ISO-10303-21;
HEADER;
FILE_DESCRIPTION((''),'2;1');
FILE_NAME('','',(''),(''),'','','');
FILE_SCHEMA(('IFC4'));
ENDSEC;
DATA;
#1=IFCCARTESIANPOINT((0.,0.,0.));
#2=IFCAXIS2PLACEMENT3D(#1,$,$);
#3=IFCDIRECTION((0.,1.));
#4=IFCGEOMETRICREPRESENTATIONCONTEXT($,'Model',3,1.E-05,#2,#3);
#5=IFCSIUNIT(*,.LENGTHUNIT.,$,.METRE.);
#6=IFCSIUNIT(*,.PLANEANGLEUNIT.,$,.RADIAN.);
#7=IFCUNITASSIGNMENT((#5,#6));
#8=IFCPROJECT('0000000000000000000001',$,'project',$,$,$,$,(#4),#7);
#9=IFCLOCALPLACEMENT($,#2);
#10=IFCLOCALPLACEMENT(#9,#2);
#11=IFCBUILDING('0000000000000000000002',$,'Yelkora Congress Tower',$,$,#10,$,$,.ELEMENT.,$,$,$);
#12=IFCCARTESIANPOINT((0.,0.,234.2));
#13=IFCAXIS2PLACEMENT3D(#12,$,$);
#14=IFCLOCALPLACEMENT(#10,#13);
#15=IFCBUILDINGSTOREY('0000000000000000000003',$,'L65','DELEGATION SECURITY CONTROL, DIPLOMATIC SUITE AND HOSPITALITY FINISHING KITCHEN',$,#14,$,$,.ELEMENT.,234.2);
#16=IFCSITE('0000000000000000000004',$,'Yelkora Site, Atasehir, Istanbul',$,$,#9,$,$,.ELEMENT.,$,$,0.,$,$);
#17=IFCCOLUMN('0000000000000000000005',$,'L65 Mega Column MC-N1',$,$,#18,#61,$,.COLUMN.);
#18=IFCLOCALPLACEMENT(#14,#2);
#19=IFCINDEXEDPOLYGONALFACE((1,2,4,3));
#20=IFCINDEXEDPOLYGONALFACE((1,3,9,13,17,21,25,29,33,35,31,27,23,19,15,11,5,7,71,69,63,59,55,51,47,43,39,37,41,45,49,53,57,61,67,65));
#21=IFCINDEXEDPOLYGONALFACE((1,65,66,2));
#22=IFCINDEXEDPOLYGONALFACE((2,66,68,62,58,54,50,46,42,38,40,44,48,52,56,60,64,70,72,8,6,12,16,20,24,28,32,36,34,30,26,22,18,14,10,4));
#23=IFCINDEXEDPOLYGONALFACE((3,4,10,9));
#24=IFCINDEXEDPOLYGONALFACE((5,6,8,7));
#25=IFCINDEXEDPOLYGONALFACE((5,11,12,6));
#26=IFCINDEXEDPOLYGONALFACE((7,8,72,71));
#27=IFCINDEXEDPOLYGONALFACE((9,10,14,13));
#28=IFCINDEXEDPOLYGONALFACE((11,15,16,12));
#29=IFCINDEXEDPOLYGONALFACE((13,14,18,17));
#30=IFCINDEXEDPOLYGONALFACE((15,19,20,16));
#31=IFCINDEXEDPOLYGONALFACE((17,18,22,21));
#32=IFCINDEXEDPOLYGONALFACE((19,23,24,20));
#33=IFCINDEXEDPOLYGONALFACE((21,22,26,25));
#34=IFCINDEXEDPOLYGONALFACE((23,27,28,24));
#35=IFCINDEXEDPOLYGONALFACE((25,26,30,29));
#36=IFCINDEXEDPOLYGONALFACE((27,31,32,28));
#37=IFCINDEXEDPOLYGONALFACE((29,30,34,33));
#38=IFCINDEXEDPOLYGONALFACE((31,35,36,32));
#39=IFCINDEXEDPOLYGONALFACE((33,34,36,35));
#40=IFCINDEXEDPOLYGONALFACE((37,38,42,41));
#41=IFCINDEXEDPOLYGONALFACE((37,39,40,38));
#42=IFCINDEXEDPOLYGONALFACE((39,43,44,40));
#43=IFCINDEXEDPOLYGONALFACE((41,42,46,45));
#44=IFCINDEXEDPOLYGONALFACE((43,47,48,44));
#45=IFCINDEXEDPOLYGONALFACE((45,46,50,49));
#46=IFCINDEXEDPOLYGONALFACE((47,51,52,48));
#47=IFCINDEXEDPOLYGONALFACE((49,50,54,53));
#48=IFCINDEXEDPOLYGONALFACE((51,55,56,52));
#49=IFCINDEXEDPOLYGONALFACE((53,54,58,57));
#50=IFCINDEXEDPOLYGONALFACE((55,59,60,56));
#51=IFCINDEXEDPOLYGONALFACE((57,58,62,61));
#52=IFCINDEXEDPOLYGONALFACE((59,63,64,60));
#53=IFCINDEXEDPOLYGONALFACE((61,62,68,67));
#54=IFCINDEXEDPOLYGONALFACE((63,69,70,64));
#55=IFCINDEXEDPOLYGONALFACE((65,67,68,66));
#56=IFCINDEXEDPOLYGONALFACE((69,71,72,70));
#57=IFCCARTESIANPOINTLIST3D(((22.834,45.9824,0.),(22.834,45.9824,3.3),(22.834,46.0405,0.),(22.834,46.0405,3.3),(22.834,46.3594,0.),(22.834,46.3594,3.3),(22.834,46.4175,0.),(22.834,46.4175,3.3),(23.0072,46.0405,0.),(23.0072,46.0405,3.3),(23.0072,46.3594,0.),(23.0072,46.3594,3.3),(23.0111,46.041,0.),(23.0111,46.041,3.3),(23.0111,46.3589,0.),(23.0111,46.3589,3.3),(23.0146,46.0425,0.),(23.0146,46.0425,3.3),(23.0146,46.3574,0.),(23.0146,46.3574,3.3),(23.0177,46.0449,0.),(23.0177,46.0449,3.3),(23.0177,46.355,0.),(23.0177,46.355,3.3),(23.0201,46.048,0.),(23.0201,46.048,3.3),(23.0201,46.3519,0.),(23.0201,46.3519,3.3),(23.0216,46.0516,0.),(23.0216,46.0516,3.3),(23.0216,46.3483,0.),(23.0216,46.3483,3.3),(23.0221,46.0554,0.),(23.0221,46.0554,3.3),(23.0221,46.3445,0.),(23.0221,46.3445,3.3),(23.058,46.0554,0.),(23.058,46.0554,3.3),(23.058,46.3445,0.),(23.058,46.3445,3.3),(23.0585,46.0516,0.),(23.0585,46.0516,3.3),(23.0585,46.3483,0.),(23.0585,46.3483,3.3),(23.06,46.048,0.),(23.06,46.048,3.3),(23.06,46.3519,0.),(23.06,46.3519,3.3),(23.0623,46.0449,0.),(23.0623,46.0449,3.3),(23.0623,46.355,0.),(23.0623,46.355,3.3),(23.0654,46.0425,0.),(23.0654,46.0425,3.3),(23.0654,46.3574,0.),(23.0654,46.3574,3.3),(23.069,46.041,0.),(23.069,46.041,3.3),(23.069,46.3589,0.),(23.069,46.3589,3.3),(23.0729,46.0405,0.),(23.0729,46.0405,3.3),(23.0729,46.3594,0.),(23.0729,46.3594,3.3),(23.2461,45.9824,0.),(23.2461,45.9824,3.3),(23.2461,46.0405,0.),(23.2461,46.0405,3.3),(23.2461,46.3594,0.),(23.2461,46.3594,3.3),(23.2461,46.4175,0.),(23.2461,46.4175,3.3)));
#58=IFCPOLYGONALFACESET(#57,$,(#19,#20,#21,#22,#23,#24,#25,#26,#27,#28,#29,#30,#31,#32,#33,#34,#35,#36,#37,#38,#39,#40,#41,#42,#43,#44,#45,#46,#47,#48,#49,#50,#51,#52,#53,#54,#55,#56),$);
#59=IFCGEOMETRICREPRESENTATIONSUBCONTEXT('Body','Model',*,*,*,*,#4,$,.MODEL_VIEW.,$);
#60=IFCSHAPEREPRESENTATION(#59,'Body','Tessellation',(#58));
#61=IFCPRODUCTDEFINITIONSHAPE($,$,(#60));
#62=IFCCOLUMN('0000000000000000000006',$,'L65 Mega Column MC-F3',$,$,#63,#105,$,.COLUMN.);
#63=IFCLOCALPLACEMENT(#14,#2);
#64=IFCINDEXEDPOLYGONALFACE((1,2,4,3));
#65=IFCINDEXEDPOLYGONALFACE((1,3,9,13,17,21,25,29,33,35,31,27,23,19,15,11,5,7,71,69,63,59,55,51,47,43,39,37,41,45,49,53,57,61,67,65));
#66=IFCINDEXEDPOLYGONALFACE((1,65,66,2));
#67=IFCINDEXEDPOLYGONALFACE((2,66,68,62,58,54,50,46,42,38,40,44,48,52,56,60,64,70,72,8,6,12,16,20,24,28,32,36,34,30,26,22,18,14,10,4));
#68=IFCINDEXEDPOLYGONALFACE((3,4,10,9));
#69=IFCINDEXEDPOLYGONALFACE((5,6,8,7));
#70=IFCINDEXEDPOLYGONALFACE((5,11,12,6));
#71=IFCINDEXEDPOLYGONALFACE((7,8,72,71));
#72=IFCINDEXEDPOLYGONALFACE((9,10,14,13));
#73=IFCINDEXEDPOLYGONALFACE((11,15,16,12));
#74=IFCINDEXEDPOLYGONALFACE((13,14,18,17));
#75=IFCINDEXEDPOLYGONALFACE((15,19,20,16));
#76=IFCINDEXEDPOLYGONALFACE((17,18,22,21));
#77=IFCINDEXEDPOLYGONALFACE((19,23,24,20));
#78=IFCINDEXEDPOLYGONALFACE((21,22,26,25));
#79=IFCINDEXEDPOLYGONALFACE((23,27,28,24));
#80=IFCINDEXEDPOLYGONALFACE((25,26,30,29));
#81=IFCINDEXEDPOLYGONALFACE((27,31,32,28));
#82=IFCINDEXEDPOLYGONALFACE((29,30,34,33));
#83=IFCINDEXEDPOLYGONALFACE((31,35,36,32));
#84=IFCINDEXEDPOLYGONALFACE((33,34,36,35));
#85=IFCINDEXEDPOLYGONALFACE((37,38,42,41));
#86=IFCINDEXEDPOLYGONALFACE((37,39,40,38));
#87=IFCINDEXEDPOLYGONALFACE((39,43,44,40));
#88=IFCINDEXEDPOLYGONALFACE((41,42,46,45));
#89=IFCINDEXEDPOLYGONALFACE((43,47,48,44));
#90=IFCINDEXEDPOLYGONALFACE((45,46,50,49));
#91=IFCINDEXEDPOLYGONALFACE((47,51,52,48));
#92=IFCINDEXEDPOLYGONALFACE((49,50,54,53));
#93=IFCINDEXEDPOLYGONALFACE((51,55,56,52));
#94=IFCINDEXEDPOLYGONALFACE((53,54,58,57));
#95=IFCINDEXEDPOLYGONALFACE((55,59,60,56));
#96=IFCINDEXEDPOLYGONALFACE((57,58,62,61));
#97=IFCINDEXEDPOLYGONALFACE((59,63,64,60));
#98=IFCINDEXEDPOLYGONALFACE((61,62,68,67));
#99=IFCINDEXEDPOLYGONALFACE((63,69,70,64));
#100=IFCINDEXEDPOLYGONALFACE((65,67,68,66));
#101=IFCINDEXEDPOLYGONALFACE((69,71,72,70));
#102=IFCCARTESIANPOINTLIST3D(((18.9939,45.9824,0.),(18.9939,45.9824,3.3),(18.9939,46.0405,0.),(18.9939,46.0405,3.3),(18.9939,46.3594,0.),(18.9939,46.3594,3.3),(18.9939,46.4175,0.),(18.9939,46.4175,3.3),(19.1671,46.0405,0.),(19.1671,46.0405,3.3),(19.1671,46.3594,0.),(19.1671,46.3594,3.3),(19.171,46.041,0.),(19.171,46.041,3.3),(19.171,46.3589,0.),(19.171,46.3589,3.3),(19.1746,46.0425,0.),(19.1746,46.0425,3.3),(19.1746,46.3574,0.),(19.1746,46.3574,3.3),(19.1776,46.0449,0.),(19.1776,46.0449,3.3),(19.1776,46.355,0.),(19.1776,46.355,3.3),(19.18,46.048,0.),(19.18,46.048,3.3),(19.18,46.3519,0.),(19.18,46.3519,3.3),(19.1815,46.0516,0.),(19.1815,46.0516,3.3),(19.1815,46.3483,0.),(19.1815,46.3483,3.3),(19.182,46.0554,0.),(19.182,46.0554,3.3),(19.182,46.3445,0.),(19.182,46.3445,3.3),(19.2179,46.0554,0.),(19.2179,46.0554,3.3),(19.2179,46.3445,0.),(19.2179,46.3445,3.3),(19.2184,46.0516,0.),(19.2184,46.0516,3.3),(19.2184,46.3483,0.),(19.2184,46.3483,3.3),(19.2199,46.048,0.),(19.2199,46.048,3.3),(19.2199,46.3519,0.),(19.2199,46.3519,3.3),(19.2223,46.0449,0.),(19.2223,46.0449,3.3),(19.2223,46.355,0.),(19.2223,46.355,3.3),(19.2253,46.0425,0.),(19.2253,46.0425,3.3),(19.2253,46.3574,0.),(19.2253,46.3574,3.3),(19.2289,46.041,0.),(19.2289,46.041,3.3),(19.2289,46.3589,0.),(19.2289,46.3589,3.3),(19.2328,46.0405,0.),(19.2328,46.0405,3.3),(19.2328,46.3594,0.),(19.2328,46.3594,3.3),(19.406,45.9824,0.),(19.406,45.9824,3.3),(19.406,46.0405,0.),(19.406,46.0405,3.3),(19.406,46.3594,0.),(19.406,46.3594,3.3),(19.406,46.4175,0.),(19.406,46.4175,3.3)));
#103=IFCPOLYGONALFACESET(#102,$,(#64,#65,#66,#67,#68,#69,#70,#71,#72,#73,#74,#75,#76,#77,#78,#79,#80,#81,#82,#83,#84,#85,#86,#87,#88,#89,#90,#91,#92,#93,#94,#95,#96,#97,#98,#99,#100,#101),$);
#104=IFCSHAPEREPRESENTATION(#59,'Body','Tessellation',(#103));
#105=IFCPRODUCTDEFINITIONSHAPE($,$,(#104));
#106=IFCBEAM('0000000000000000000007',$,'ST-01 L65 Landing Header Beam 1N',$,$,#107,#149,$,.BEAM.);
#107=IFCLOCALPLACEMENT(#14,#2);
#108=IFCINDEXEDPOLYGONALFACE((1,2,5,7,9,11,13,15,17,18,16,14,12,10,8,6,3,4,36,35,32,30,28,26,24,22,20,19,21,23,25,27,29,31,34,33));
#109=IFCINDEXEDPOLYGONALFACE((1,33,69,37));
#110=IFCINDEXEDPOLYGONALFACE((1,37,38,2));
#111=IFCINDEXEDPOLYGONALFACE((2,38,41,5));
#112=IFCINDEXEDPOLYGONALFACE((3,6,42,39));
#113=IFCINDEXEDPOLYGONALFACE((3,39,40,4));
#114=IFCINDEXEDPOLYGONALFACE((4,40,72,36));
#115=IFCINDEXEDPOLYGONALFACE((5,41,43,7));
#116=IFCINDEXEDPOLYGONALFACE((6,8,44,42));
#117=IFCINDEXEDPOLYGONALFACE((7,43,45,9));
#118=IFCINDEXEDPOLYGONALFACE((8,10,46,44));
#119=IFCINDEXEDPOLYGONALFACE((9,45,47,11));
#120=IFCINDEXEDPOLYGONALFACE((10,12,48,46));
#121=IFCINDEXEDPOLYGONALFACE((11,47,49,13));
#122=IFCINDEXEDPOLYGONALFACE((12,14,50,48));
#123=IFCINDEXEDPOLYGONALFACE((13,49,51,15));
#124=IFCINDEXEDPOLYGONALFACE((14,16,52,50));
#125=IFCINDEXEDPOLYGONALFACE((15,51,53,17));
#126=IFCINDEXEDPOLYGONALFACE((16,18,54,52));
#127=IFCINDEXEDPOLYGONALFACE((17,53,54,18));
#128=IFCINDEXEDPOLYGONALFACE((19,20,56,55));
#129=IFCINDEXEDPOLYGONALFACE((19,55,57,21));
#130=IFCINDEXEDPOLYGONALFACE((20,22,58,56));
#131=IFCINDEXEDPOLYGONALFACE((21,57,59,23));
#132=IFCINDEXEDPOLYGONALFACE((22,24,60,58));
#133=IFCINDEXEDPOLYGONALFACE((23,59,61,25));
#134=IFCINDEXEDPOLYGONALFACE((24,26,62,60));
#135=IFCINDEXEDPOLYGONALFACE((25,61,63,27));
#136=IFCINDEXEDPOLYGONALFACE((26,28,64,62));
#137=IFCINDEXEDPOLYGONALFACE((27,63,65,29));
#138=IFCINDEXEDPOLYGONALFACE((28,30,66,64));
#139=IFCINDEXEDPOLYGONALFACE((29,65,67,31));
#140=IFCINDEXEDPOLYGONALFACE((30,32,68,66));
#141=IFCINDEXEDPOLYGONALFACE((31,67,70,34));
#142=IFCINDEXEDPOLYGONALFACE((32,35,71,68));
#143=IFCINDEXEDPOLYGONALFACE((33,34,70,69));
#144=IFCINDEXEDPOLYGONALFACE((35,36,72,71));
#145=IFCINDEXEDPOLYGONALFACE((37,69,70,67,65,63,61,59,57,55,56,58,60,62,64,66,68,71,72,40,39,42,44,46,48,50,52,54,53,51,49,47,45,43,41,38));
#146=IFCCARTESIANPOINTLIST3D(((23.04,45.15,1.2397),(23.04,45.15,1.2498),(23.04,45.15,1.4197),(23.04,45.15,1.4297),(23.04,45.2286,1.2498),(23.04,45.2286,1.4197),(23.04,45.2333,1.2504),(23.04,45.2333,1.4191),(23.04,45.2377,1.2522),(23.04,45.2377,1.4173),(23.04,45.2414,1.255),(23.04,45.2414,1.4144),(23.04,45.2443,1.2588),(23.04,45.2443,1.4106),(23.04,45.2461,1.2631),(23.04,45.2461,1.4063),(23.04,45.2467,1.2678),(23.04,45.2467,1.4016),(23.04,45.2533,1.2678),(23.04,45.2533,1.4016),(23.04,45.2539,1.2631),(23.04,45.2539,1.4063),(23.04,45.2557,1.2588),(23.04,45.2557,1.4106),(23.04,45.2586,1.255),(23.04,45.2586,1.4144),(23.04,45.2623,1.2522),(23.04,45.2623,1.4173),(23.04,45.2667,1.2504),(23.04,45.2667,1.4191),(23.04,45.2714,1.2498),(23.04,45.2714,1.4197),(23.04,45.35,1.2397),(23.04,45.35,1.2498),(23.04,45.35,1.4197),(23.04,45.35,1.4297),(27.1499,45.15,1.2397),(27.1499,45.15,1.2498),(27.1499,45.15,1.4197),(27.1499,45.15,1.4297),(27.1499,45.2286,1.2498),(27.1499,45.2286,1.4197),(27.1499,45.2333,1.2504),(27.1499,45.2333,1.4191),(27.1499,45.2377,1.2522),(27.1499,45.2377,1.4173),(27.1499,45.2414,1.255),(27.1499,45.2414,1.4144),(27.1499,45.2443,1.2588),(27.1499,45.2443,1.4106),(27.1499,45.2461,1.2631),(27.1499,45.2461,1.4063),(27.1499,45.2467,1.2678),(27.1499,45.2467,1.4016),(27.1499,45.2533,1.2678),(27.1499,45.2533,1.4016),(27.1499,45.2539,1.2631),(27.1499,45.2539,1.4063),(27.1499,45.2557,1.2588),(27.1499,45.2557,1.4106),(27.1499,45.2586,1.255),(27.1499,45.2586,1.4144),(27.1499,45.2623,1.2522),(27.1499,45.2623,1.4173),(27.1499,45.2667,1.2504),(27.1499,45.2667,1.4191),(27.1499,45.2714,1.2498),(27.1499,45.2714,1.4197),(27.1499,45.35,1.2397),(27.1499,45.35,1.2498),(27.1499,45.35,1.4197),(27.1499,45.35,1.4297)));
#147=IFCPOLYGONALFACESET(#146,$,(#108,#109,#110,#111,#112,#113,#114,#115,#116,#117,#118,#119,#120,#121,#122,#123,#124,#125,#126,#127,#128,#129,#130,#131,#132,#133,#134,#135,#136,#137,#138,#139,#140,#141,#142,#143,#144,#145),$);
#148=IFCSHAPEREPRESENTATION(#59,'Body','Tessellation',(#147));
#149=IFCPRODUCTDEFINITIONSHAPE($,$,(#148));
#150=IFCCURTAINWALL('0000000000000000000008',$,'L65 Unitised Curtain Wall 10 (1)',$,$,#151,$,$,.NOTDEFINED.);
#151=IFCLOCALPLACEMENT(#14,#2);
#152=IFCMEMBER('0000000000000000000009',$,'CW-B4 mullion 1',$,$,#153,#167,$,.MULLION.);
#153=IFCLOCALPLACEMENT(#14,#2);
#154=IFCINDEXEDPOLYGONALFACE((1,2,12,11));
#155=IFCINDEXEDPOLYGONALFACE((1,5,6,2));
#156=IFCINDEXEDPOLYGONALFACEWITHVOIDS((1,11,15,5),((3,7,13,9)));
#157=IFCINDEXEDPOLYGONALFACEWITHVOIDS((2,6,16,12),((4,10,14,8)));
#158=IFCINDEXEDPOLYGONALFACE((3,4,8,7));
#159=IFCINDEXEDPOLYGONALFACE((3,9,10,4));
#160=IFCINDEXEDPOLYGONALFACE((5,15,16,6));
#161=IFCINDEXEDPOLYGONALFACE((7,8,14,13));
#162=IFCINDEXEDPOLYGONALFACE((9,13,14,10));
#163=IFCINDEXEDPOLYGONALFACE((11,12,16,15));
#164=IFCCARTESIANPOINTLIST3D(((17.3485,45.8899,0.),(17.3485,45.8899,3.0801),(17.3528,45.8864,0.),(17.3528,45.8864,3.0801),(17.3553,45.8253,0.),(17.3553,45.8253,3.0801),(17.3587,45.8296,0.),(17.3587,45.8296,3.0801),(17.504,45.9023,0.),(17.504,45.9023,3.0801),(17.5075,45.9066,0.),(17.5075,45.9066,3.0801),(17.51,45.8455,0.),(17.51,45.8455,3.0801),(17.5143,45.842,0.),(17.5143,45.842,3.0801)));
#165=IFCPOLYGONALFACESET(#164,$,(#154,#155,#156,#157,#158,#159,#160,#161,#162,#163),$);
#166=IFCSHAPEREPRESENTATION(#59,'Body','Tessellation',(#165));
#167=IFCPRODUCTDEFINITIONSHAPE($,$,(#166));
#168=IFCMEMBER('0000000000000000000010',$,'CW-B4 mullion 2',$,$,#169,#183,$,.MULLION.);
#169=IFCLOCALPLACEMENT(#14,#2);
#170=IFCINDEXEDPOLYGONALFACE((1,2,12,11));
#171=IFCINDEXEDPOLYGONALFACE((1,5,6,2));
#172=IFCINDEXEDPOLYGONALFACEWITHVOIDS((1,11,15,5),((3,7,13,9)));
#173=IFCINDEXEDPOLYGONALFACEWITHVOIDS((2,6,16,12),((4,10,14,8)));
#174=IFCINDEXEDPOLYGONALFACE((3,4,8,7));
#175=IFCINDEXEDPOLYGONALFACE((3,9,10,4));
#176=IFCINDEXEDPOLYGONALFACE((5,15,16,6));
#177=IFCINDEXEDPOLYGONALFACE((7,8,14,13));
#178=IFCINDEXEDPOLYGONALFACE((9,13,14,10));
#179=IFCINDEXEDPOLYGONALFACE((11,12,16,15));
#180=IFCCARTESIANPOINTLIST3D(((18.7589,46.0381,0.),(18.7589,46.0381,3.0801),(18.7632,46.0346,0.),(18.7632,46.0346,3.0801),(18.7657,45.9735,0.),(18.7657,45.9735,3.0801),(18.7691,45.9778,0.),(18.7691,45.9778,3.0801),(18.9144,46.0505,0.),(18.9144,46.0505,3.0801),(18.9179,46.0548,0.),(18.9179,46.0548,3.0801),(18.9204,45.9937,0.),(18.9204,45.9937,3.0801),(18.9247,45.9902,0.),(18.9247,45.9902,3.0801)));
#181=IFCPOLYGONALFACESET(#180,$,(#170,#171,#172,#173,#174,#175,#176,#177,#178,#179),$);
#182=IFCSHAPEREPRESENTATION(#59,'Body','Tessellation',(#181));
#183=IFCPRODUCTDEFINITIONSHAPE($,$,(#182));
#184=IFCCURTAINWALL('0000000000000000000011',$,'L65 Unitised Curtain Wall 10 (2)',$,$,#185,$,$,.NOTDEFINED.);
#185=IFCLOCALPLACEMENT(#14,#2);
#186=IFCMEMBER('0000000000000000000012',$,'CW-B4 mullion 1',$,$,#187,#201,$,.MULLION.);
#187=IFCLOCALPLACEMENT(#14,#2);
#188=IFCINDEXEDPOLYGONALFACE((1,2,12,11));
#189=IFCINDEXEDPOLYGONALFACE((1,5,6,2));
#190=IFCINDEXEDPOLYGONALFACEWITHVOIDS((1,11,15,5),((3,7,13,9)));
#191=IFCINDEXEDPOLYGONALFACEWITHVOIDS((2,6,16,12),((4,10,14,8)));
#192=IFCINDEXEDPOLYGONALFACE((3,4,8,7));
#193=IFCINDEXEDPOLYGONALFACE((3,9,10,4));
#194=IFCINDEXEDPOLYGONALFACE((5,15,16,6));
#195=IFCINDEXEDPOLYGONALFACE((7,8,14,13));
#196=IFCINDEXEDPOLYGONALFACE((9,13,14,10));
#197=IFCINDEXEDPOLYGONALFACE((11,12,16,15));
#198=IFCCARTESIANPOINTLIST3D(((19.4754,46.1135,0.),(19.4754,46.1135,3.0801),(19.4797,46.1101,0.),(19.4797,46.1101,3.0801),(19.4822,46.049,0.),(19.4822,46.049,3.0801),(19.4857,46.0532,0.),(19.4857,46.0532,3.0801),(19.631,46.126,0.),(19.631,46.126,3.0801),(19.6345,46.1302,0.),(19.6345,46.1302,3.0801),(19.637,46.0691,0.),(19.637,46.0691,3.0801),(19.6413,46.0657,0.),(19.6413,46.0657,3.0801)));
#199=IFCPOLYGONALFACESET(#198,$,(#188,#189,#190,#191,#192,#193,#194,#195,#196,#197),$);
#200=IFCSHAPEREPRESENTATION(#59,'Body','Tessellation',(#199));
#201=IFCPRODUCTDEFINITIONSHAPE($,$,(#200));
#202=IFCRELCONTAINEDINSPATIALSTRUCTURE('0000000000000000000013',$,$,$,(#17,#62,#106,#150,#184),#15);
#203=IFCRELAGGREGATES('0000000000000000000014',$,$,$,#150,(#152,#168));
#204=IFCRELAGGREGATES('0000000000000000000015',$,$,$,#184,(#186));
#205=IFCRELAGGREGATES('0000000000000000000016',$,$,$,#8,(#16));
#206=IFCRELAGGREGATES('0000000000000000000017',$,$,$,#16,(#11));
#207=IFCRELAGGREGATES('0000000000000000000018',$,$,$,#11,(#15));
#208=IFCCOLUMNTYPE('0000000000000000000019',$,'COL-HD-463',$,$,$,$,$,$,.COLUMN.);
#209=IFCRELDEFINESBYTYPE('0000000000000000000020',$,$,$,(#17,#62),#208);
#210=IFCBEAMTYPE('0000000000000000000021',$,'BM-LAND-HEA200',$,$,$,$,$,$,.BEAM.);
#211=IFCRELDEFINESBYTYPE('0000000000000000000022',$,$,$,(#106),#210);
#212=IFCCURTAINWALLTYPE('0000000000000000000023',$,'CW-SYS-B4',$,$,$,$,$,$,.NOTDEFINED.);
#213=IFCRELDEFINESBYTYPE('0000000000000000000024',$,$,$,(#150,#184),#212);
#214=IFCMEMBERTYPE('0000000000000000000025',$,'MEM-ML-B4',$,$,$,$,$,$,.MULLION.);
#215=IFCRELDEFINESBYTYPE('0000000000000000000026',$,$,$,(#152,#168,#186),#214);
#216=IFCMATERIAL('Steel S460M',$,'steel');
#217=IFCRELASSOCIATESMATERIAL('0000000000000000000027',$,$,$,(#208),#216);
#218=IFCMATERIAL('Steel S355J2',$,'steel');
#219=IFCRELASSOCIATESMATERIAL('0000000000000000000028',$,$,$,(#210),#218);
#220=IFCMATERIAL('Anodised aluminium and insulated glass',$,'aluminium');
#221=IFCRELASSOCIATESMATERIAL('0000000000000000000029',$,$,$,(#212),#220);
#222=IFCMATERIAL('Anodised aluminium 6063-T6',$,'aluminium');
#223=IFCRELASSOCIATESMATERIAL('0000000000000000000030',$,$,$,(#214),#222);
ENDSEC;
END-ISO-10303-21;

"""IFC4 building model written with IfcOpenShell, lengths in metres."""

from ifc_helpers import new_model, si_unit, direction, frame, origin, origin_2d, place, context, subcontext, project, spatial, hollow_rectangle, i_section, extrude, material, material_profile, profile_set, type_object, element, aggregate, save


model = new_model("IFC4")

# Units and contexts
model_context = context("Model", 3, precision=1e-05, world=origin(), true_north=direction((0.0, 1.0)))
body_context = subcontext(model_context, "Body", "Model", "MODEL_VIEW")
ifc_project = project(units=[si_unit("LENGTHUNIT", "METRE"), si_unit("PLANEANGLEUNIT", "RADIAN")], contexts=[model_context])

# Site, building, storey
site_placement = place(None, origin())
site = spatial("IfcSite", under=ifc_project, at=site_placement, Name="Yelkora Site, Atasehir, Istanbul", CompositionType="ELEMENT", RefElevation=0.0)
building_placement = place(site_placement, origin())
building = spatial("IfcBuilding", under=site, at=building_placement, Name="Yelkora Congress Tower", CompositionType="ELEMENT")
storey_placement = place(building_placement, frame((0.0, 0.0, 234.2)))
storey = spatial("IfcBuildingStorey", under=building, at=storey_placement, Name="L65", Description="DELEGATION SECURITY CONTROL, DIPLOMATIC SUITE AND HOSPITALITY FINISHING KITCHEN", CompositionType="ELEMENT", Elevation=234.2)

# Columns
ifc_material_1 = material(Name="Steel S460M", Category="steel")
ifc_material_profile_1 = material_profile(ifc_material_1, i_section(OverallWidth=0.4121, OverallDepth=0.4351, WebThickness=0.0359, FlangeThickness=0.0581, FilletRadius=0.0149, at=origin_2d()), Name="HD 400x463")
ifc_profile_set_1 = profile_set([ifc_material_profile_1], Name="Steel S460M")
column_type = type_object("IfcColumnType", Name="COL-HD-463", PredefinedType="COLUMN", material=ifc_profile_set_1)
for number, where, z_axis, x_axis, name in (
    (1, (23.04, 46.2, 0.0), (0.0, 0.0, 1.0), (1.0, 0.0, 0.0), "L65 Mega Column MC-N1"),
    (2, (19.2, 46.2, 0.0), (0.0, 0.0, 1.0), (1.0, 0.0, 0.0), "L65 Mega Column MC-F3"),
):
    element("IfcColumn", number, at=place(storey_placement, frame(where, z_axis=z_axis, x_axis=x_axis)), inside=storey, type_object=column_type, Name=name, PredefinedType="COLUMN", context=body_context, shape_type="SweptSolid", body=[
        extrude(i_section(OverallWidth=0.4121, OverallDepth=0.4351, WebThickness=0.0359, FlangeThickness=0.0581, FilletRadius=0.0149, at=origin_2d()), origin(), (0.0, 0.0, 1.0), 3.3),
    ])

# Beam
ifc_material_2 = material(Name="Steel S355J2", Category="steel")
ifc_material_profile_2 = material_profile(ifc_material_2, i_section(OverallWidth=0.2, OverallDepth=0.1899, WebThickness=0.0066, FlangeThickness=0.01, FilletRadius=0.0181, at=origin_2d()), Name="HEA 200")
ifc_profile_set_2 = profile_set([ifc_material_profile_2], Name="Steel S355J2")
beam_type = type_object("IfcBeamType", Name="BM-LAND-HEA200", PredefinedType="BEAM", material=ifc_profile_set_2)
beam_placement = place(storey_placement, frame((23.04, 45.25, 1.3347), z_axis=(1.0, 0.0, 0.0), x_axis=(0.0, 1.0, 0.0)))
element("IfcBeam", 3, at=beam_placement, inside=storey, type_object=beam_type, Name="ST-01 L65 Landing Header Beam 1N", PredefinedType="BEAM", context=body_context, shape_type="SweptSolid", body=[
    extrude(i_section(OverallWidth=0.2, OverallDepth=0.1899, WebThickness=0.0066, FlangeThickness=0.01, FilletRadius=0.0181, at=origin_2d()), origin(), (0.0, 0.0, 1.0), 4.1099),
])

# Curtain walls, members
ifc_material_3 = material(Name="Anodised aluminium and insulated glass", Category="aluminium")
curtain_wall_type = type_object("IfcCurtainWallType", Name="CW-SYS-B4", PredefinedType="NOTDEFINED", material=ifc_material_3)
curtain_wall_1_placement = place(storey_placement, origin())
curtain_wall_1 = element("IfcCurtainWall", 4, at=curtain_wall_1_placement, inside=storey, type_object=curtain_wall_type, Name="L65 Unitised Curtain Wall 10 (1)", PredefinedType="NOTDEFINED")
ifc_material_4 = material(Name="Anodised aluminium 6063-T6", Category="aluminium")
ifc_material_profile_3 = material_profile(ifc_material_4, hollow_rectangle(XDim=0.0649, YDim=0.1599, WallThickness=0.0039, at=origin_2d()), Name="ALU 65x160x4")
ifc_profile_set_3 = profile_set([ifc_material_profile_3], Name="Anodised aluminium 6063-T6")
member_type_1 = type_object("IfcMemberType", Name="MEM-ML-B4", PredefinedType="MULLION", material=ifc_profile_set_3)
member_1_placement = place(storey_placement, frame((17.4314, 45.866, 0.0), z_axis=(0.0, 0.0, 1.0), x_axis=(-0.104509, 0.994524, 0.0)))
member_1 = element("IfcMember", 5, at=member_1_placement, type_object=member_type_1, Name="CW-B4 mullion 1", PredefinedType="MULLION", context=body_context, shape_type="SweptSolid", body=[
    extrude(hollow_rectangle(XDim=0.0649, YDim=0.1599, WallThickness=0.0039, at=origin_2d()), origin(), (0.0, 0.0, 1.0), 3.0801),
])
member_2_placement = place(storey_placement, frame((18.8418, 46.0142, 0.0), z_axis=(0.0, 0.0, 1.0), x_axis=(-0.104509, 0.994524, 0.0)))
member_2 = element("IfcMember", 6, at=member_2_placement, type_object=member_type_1, Name="CW-B4 mullion 2", PredefinedType="MULLION", context=body_context, shape_type="SweptSolid", body=[
    extrude(hollow_rectangle(XDim=0.0649, YDim=0.1599, WallThickness=0.0039, at=origin_2d()), origin(), (0.0, 0.0, 1.0), 3.0801),
])
curtain_wall_2_placement = place(storey_placement, origin())
curtain_wall_2 = element("IfcCurtainWall", 7, at=curtain_wall_2_placement, inside=storey, type_object=curtain_wall_type, Name="L65 Unitised Curtain Wall 10 (2)", PredefinedType="NOTDEFINED")
member_3_placement = place(storey_placement, frame((19.5583, 46.0896, 0.0), z_axis=(0.0, 0.0, 1.0), x_axis=(-0.104506, 0.994524, 0.0)))
member_3 = element("IfcMember", 8, at=member_3_placement, type_object=member_type_1, Name="CW-B4 mullion 1", PredefinedType="MULLION", context=body_context, shape_type="SweptSolid", body=[
    extrude(hollow_rectangle(XDim=0.0649, YDim=0.1599, WallThickness=0.0039, at=origin_2d()), origin(), (0.0, 0.0, 1.0), 3.0801),
])

aggregate(curtain_wall_1, [member_1, member_2])
aggregate(curtain_wall_2, [member_3])

save(model, "model.ifc")
